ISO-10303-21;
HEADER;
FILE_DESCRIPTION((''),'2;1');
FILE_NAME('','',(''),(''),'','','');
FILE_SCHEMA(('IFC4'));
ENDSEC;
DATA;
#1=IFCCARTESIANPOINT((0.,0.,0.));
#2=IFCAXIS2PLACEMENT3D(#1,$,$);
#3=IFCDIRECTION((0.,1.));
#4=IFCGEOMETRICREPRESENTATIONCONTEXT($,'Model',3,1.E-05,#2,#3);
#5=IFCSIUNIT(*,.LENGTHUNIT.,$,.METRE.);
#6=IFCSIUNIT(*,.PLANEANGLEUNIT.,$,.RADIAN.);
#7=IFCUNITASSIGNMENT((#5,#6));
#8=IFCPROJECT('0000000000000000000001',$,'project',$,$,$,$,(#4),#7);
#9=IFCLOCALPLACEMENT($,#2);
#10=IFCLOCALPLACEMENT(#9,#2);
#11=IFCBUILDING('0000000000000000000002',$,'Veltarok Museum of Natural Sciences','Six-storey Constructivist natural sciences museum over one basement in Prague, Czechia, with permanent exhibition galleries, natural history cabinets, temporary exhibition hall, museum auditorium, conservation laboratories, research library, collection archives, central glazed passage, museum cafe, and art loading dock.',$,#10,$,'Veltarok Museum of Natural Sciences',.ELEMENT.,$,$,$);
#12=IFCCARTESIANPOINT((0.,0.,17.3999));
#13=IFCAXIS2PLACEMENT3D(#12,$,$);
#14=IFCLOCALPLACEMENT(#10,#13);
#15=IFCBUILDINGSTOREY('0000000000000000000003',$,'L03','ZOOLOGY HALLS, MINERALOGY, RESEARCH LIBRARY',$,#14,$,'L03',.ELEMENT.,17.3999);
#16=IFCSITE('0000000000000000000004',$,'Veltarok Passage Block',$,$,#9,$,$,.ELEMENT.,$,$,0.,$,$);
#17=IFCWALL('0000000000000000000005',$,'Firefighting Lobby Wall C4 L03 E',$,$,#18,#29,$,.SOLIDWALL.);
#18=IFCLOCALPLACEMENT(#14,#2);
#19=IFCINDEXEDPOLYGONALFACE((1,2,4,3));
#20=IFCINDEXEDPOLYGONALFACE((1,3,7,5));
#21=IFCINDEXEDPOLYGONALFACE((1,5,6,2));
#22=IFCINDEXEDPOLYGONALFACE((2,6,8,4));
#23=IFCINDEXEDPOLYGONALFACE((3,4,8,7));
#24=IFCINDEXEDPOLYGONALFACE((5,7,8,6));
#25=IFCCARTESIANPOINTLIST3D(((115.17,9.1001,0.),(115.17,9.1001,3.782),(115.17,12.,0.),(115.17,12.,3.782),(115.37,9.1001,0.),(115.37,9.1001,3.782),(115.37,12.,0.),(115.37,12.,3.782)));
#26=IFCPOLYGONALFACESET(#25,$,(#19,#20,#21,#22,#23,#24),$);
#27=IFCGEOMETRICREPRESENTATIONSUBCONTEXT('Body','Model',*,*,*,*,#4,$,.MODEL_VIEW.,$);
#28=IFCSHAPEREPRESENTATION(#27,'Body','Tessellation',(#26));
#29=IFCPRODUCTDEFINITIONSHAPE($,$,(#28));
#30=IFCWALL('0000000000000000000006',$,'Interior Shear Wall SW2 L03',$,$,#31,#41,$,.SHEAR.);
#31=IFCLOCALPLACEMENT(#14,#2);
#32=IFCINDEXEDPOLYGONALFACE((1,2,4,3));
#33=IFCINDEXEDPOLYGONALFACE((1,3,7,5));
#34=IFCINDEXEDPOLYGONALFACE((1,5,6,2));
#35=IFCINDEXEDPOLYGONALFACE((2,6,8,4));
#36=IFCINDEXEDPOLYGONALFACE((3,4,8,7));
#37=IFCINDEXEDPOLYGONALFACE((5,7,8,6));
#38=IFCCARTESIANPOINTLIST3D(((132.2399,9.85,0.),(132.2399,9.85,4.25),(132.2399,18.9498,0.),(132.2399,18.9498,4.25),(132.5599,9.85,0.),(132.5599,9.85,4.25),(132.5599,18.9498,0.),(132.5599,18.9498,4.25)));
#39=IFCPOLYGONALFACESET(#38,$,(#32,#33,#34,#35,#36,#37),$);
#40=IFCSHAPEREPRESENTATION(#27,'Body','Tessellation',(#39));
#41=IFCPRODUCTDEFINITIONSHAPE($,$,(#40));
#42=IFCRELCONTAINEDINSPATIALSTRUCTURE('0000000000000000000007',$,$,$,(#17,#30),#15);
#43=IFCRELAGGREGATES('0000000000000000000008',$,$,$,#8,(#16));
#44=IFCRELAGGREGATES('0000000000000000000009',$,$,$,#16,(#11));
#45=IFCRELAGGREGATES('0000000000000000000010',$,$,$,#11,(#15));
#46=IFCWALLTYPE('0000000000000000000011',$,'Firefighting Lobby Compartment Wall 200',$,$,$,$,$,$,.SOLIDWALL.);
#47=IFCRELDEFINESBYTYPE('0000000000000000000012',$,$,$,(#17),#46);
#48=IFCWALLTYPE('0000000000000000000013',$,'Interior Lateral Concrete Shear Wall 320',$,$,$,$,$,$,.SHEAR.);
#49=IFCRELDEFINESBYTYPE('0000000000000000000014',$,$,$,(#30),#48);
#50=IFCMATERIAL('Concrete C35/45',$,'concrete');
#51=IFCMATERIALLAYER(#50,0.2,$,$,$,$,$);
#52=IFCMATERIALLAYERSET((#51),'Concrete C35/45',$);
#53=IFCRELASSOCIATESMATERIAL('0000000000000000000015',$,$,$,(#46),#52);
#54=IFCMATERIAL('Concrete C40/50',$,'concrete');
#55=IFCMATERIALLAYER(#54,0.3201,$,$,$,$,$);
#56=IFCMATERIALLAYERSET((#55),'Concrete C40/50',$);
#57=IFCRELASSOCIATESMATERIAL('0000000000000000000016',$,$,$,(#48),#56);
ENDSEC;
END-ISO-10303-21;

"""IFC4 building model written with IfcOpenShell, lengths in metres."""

from ifc_helpers import new_model, si_unit, direction, frame, frame_2d, origin, place, context, subcontext, project, spatial, rectangle, extrude, material, layer, layer_set, type_object, element, save


model = new_model("IFC4")

# Units and contexts
model_context = context("Model", 3, precision=1e-05, world=origin(), true_north=direction((0.0, 1.0)))
body_context = subcontext(model_context, "Body", "Model", "MODEL_VIEW")
ifc_project = project(units=[si_unit("LENGTHUNIT", "METRE"), si_unit("PLANEANGLEUNIT", "RADIAN")], contexts=[model_context])

# Site, building, storey
site_placement = place(None, origin())
site = spatial("IfcSite", under=ifc_project, at=site_placement, Name="Veltarok Passage Block", CompositionType="ELEMENT", RefElevation=0.0)
building_placement = place(site_placement, origin())
building = spatial("IfcBuilding", under=site, at=building_placement, Name="Veltarok Museum of Natural Sciences", Description="Six-storey Constructivist natural sciences museum over one basement in Prague, Czechia, with permanent exhibition galleries, natural history cabinets, temporary exhibition hall, museum auditorium, conservation laboratories, research library, collection archives, central glazed passage, museum cafe, and art loading dock.", LongName="Veltarok Museum of Natural Sciences", CompositionType="ELEMENT")
storey_placement = place(building_placement, frame((0.0, 0.0, 17.3999)))
storey = spatial("IfcBuildingStorey", under=building, at=storey_placement, Name="L03", Description="ZOOLOGY HALLS, MINERALOGY, RESEARCH LIBRARY", LongName="L03", CompositionType="ELEMENT", Elevation=17.3999)

# Shared definitions
ifc_material_1 = material(Name="Concrete C40/50", Category="concrete")

# Walls
ifc_material_2 = material(Name="Concrete C35/45", Category="concrete")
ifc_layer_1 = layer(ifc_material_2, 0.2)
ifc_layer_set_1 = layer_set([ifc_layer_1], Name="Concrete C35/45")
wall_type_1 = type_object("IfcWallType", Name="Firefighting Lobby Compartment Wall 200", PredefinedType="SOLIDWALL", material=ifc_layer_set_1)
wall_1_placement = place(storey_placement, frame((115.27, 12.0, 0.0), z_axis=(0.0, 0.0, 1.0), x_axis=(0.0, -1.0, 0.0)))
element("IfcWall", 1, at=wall_1_placement, inside=storey, type_object=wall_type_1, Name="Firefighting Lobby Wall C4 L03 E", PredefinedType="SOLIDWALL", context=body_context, shape_type="SweptSolid", body=[
    extrude(rectangle(XDim=2.8999, YDim=0.2, at=frame_2d((1.45, 0.0))), origin(), (0.0, 0.0, 1.0), 3.782),
])
ifc_layer_2 = layer(ifc_material_1, 0.3201)
ifc_layer_set_2 = layer_set([ifc_layer_2], Name="Concrete C40/50")
wall_type_2 = type_object("IfcWallType", Name="Interior Lateral Concrete Shear Wall 320", PredefinedType="SHEAR", material=ifc_layer_set_2)
wall_2_placement = place(storey_placement, frame((132.3999, 9.8501, 0.0), z_axis=(0.0, 0.0, 1.0), x_axis=(0.0, 1.0, 0.0)))
element("IfcWall", 2, at=wall_2_placement, inside=storey, type_object=wall_type_2, Name="Interior Shear Wall SW2 L03", PredefinedType="SHEAR", context=body_context, shape_type="SweptSolid", body=[
    extrude(rectangle(XDim=9.0999, YDim=0.3201, at=frame_2d((4.5498, 0.0))), origin(), (0.0, 0.0, 1.0), 4.25),
])

save(model, "model.ifc")
